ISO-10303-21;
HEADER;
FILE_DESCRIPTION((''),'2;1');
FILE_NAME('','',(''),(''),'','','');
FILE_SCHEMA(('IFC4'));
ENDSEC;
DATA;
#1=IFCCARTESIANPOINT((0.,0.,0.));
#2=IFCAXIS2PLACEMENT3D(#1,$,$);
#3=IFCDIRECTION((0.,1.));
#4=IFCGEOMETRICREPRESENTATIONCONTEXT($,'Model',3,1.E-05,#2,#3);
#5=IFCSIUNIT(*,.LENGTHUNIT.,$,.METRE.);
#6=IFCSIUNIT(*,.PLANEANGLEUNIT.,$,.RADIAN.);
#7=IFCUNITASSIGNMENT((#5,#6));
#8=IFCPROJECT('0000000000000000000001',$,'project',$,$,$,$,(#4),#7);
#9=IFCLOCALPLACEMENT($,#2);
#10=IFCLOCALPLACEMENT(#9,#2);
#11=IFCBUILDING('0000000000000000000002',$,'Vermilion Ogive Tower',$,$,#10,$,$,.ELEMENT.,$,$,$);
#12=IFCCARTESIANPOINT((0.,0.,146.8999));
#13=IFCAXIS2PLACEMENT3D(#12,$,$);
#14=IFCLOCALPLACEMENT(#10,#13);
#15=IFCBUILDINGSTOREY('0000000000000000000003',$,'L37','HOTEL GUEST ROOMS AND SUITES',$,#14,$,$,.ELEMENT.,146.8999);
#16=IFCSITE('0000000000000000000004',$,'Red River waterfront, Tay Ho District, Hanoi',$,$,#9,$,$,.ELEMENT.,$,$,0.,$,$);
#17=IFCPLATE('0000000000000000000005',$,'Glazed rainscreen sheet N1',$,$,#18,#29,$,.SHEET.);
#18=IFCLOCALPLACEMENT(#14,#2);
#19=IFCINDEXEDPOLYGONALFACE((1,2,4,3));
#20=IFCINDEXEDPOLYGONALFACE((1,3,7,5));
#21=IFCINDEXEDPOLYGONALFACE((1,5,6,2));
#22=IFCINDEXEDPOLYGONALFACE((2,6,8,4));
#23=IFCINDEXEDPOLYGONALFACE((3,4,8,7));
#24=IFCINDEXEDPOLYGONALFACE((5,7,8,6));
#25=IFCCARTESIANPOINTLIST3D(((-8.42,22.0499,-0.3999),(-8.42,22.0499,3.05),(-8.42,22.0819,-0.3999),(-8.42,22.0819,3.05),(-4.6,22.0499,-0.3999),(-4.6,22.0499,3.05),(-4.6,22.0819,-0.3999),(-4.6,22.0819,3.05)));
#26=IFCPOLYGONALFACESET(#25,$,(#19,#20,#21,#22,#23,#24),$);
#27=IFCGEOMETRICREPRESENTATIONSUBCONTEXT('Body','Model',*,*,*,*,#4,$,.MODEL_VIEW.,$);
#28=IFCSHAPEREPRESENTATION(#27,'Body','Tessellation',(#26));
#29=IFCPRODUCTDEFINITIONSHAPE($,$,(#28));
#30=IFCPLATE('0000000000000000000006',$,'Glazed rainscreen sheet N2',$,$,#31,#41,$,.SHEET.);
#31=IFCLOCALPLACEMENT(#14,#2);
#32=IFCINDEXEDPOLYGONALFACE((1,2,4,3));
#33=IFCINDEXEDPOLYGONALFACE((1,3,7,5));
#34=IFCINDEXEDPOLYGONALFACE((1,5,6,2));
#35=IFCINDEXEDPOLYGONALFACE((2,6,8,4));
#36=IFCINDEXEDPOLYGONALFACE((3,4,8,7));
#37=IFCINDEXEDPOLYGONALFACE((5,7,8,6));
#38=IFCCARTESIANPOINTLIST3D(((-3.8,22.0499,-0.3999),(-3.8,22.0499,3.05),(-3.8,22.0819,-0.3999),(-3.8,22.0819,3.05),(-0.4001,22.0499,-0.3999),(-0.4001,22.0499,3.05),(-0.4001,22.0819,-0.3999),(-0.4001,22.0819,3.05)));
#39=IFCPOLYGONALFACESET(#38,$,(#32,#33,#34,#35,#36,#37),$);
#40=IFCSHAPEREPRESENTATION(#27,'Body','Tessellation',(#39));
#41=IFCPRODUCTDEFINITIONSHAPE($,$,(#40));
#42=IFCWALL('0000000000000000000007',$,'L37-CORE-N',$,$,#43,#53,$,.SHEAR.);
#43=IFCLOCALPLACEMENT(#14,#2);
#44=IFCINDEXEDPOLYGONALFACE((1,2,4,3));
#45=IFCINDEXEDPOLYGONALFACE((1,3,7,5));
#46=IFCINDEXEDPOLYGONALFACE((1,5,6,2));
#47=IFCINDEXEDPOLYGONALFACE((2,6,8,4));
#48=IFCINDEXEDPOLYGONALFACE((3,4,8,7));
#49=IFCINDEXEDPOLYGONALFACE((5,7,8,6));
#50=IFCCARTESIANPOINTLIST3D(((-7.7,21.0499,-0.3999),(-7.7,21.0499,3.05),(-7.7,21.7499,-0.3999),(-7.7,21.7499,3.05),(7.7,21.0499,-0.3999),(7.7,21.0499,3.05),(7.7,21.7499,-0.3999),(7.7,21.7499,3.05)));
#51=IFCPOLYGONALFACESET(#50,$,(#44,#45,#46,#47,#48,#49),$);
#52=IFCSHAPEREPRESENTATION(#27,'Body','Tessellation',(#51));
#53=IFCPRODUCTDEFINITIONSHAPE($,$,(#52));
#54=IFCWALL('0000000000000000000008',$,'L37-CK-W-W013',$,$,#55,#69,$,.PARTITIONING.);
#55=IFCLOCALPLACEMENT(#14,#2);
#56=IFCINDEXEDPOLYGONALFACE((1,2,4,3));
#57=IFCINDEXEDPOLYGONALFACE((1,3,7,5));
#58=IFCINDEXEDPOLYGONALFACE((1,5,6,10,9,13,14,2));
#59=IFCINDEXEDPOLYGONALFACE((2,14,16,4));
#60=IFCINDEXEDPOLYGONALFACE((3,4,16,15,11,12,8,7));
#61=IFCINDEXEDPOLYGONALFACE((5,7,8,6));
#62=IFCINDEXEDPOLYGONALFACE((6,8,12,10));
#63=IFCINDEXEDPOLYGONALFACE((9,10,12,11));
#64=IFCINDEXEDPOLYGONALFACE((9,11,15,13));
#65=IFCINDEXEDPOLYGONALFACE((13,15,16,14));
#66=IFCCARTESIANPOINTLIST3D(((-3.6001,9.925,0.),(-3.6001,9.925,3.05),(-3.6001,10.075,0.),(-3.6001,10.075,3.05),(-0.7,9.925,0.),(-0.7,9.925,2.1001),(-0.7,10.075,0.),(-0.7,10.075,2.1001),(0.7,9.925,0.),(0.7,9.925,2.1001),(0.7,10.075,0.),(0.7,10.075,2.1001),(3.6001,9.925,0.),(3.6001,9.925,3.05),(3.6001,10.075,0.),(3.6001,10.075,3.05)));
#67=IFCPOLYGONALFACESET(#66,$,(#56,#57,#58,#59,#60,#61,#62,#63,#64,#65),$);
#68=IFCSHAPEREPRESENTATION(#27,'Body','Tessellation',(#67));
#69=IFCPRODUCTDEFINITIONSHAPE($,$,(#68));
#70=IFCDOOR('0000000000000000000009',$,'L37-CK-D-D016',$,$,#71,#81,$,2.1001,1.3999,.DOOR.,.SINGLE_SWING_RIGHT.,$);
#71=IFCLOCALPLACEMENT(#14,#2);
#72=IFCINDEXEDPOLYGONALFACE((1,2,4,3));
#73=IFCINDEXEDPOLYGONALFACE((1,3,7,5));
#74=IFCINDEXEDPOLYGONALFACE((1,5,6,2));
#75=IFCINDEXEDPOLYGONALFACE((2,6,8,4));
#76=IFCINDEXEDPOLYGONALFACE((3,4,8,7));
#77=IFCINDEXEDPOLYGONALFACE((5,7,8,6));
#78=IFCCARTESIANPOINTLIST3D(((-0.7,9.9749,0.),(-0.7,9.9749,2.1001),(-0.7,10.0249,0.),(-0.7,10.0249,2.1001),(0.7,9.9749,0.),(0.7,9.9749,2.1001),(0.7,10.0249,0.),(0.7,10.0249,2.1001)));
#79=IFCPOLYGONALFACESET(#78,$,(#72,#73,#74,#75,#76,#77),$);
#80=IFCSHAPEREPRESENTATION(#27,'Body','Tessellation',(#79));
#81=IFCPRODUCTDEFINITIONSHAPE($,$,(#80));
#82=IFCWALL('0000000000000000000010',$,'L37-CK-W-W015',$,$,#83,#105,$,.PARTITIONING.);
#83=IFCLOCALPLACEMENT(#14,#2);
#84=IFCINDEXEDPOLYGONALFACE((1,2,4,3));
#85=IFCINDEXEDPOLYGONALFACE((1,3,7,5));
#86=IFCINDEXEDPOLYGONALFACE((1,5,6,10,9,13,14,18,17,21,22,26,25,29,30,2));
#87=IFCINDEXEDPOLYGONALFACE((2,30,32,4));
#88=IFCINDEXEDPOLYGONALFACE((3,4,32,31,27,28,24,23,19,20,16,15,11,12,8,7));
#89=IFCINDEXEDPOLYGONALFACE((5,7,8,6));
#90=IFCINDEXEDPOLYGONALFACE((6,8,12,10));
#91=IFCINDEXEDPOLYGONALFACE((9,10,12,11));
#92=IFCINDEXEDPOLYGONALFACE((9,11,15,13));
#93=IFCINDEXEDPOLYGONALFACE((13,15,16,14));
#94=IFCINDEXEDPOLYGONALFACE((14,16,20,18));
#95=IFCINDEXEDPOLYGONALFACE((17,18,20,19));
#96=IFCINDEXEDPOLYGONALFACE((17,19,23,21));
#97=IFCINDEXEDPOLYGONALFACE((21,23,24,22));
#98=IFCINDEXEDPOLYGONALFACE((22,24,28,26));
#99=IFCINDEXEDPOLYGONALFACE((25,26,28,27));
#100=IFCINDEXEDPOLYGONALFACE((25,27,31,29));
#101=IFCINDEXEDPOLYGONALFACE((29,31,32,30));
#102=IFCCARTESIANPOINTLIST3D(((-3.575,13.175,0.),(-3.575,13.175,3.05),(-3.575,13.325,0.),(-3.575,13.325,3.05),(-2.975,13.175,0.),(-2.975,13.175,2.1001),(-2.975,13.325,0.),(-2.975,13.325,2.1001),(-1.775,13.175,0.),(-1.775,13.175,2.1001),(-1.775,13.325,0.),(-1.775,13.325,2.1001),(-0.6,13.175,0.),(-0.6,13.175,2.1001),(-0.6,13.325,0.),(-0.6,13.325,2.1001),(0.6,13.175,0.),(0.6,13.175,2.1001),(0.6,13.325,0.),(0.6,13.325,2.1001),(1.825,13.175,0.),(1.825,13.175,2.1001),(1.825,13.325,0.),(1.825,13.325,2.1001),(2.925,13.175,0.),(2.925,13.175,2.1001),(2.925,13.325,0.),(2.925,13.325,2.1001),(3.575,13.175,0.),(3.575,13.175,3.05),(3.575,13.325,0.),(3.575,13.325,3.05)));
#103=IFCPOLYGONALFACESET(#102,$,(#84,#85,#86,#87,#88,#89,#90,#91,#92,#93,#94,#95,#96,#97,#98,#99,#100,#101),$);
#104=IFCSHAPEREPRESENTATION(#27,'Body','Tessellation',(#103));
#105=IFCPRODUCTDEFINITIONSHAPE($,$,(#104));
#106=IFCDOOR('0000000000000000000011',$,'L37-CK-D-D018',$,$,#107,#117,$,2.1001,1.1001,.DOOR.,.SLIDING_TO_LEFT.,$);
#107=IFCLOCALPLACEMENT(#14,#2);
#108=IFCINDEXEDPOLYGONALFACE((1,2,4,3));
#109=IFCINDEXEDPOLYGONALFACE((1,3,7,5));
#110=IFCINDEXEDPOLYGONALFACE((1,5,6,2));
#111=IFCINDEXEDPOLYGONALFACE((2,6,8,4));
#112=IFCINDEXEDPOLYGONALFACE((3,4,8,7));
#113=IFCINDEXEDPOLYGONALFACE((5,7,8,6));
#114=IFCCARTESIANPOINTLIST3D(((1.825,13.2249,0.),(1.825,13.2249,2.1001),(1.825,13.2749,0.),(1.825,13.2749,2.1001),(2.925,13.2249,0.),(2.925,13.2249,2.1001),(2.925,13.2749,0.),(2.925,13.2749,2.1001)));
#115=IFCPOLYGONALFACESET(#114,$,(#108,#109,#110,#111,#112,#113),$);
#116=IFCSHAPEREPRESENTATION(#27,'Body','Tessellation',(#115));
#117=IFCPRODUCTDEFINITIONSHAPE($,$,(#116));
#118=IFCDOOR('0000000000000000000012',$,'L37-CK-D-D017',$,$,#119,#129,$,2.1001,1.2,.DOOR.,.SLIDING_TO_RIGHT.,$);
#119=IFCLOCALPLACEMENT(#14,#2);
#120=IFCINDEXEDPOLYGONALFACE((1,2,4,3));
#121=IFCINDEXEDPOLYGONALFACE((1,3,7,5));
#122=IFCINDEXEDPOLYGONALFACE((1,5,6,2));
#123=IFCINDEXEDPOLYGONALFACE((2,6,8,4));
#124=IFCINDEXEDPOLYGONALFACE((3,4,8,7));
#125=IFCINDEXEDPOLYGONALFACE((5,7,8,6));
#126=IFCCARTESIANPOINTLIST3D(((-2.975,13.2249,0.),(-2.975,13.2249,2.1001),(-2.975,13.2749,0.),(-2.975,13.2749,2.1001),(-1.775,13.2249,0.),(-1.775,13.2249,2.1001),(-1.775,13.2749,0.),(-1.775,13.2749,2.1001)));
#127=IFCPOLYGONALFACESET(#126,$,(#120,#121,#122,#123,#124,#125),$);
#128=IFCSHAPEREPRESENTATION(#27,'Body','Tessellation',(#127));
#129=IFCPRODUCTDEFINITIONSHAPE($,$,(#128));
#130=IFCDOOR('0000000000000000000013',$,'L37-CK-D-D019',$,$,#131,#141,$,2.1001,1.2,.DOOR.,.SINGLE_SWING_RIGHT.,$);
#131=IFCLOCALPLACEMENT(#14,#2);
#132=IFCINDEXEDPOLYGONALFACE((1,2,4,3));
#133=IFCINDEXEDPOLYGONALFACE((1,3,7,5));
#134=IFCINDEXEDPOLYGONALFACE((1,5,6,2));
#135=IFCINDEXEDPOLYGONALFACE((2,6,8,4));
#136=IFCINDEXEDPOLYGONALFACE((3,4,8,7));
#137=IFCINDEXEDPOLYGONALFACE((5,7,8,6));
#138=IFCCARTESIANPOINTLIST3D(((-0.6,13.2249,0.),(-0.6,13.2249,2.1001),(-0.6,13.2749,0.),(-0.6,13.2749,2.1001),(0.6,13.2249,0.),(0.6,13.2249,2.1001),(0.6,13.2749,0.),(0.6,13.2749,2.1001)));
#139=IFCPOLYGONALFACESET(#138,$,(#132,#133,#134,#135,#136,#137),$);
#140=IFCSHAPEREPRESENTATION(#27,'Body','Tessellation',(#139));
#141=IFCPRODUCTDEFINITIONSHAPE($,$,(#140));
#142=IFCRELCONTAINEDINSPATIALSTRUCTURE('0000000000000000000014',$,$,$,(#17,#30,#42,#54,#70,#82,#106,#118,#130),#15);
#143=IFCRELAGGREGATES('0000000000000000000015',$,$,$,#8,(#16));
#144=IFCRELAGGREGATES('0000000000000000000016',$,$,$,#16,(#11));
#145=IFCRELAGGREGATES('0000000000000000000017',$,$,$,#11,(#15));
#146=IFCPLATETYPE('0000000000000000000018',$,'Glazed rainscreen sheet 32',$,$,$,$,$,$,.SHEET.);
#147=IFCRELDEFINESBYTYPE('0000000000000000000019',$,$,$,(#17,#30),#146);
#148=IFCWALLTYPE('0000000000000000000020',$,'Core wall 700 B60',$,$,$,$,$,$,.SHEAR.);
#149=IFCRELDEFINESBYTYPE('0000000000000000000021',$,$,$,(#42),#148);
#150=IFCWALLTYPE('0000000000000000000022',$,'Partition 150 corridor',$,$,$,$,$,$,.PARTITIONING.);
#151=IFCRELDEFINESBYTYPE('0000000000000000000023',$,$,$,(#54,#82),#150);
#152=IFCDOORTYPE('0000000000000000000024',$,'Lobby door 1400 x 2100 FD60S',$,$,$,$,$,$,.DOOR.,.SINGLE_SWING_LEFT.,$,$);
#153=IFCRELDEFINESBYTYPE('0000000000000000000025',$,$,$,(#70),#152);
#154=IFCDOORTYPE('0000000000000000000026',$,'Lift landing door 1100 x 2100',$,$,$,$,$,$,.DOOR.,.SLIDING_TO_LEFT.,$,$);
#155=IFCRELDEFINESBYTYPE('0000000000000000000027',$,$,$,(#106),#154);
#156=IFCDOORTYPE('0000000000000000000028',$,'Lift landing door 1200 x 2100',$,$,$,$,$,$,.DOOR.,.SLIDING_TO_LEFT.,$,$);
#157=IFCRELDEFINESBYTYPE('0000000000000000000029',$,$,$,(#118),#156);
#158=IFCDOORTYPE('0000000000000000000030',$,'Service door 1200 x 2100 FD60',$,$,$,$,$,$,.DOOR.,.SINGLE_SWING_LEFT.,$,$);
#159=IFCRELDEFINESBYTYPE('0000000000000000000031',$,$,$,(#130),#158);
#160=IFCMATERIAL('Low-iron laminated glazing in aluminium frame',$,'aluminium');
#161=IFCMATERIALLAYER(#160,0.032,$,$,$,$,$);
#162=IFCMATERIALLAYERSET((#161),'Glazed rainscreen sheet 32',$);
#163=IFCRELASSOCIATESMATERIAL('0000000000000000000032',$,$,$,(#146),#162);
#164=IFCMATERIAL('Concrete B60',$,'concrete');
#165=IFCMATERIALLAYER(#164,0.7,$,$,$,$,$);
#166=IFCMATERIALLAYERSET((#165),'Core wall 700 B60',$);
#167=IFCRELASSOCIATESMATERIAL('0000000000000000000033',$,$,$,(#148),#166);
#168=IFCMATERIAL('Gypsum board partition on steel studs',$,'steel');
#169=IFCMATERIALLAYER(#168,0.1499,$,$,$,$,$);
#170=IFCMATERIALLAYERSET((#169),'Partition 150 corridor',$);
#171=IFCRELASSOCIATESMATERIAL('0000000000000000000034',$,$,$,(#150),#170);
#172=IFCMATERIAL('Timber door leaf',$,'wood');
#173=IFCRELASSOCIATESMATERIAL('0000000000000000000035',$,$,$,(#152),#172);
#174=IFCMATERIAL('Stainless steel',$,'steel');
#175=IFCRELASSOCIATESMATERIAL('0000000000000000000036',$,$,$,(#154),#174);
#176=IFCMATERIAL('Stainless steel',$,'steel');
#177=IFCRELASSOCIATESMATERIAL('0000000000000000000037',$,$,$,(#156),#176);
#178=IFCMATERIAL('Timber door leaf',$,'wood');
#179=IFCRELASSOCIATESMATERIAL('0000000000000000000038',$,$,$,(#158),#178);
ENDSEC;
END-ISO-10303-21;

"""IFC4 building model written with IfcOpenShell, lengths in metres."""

from ifc_helpers import new_model, si_unit, direction, frame, frame_2d, origin, origin_2d, place, context, subcontext, project, spatial, rectangle, extrude, material, layer, layer_set, type_object, element, fill, save


model = new_model("IFC4")

# Units and contexts
model_context = context("Model", 3, precision=1e-05, world=origin(), true_north=direction((0.0, 1.0)))
body_context = subcontext(model_context, "Body", "Model", "MODEL_VIEW")
ifc_project = project(units=[si_unit("LENGTHUNIT", "METRE"), si_unit("PLANEANGLEUNIT", "RADIAN")], contexts=[model_context])

# Site, building, storey
site_placement = place(None, origin())
site = spatial("IfcSite", under=ifc_project, at=site_placement, Name="Red River waterfront, Tay Ho District, Hanoi", CompositionType="ELEMENT", RefElevation=0.0)
building_placement = place(site_placement, origin())
building = spatial("IfcBuilding", under=site, at=building_placement, Name="Vermilion Ogive Tower", CompositionType="ELEMENT")
storey_placement = place(building_placement, frame((0.0, 0.0, 146.8999)))
storey = spatial("IfcBuildingStorey", under=building, at=storey_placement, Name="L37", Description="HOTEL GUEST ROOMS AND SUITES", CompositionType="ELEMENT", Elevation=146.8999)

# Plates
ifc_material_1 = material(Name="Low-iron laminated glazing in aluminium frame", Category="aluminium")
ifc_layer_1 = layer(ifc_material_1, 0.032)
ifc_layer_set_1 = layer_set([ifc_layer_1], Name="Glazed rainscreen sheet 32")
plate_type = type_object("IfcPlateType", Name="Glazed rainscreen sheet 32", PredefinedType="SHEET", material=ifc_layer_set_1)
plate_1_placement = place(storey_placement, frame((-6.51, 22.0659, -0.3999), z_axis=(0.0, 0.0, 1.0), x_axis=(1.0, 0.0, 0.0)))
element("IfcPlate", 1, at=plate_1_placement, inside=storey, type_object=plate_type, Name="Glazed rainscreen sheet N1", PredefinedType="SHEET", context=body_context, shape_type="SweptSolid", body=[
    extrude(rectangle(XDim=3.8201, YDim=0.032, at=origin_2d()), origin(), (0.0, 0.0, 1.0), 3.45),
])
plate_2_placement = place(storey_placement, frame((-2.1001, 22.0659, -0.3999), z_axis=(0.0, 0.0, 1.0), x_axis=(1.0, 0.0, 0.0)))
element("IfcPlate", 2, at=plate_2_placement, inside=storey, type_object=plate_type, Name="Glazed rainscreen sheet N2", PredefinedType="SHEET", context=body_context, shape_type="SweptSolid", body=[
    extrude(rectangle(XDim=3.3999, YDim=0.032, at=origin_2d()), origin(), (0.0, 0.0, 1.0), 3.45),
])

# Wall
ifc_material_2 = material(Name="Concrete B60", Category="concrete")
ifc_layer_2 = layer(ifc_material_2, 0.7)
ifc_layer_set_2 = layer_set([ifc_layer_2], Name="Core wall 700 B60")
wall_type_1 = type_object("IfcWallType", Name="Core wall 700 B60", PredefinedType="SHEAR", material=ifc_layer_set_2)
wall_1_placement = place(storey_placement, frame((-7.7, 21.3999, -0.3999), z_axis=(0.0, 0.0, 1.0), x_axis=(1.0, 0.0, 0.0)))
element("IfcWall", 3, at=wall_1_placement, inside=storey, type_object=wall_type_1, Name="L37-CORE-N", PredefinedType="SHEAR", context=body_context, shape_type="SweptSolid", body=[
    extrude(rectangle(XDim=15.3999, YDim=0.7, at=frame_2d((7.7, 0.0))), origin(), (0.0, 0.0, 1.0), 3.45),
])

# Wall, opening, door
ifc_material_3 = material(Name="Gypsum board partition on steel studs", Category="steel")
ifc_layer_3 = layer(ifc_material_3, 0.1499)
ifc_layer_set_3 = layer_set([ifc_layer_3], Name="Partition 150 corridor")
wall_type_2 = type_object("IfcWallType", Name="Partition 150 corridor", PredefinedType="PARTITIONING", material=ifc_layer_set_3)
wall_2_placement = place(storey_placement, frame((-3.6001, 10.0, 0.0), z_axis=(0.0, 0.0, 1.0), x_axis=(1.0, 0.0, 0.0)))
wall_2 = element("IfcWall", 4, at=wall_2_placement, inside=storey, type_object=wall_type_2, Name="L37-CK-W-W013", PredefinedType="PARTITIONING", context=body_context, shape_type="SweptSolid", body=[
    extrude(rectangle(XDim=7.2002, YDim=0.1499, at=frame_2d((3.6001, 0.0))), origin(), (0.0, 0.0, 1.0), 3.05),
])
opening_1_placement = place(wall_2_placement, frame((2.9001, 0.0, 0.0)))
opening_1 = element("IfcOpeningElement", 5, at=opening_1_placement, cuts=wall_2, PredefinedType="OPENING", context=body_context, shape_type="SweptSolid", body=[
    extrude(rectangle(XDim=1.3999, YDim=2.1001, at=frame_2d((0.7, 1.05))), frame((0.0, 0.085, 0.0), z_axis=(0.0, -1.0, 0.0), x_axis=(1.0, 0.0, 0.0)), (0.0, 0.0, 1.0), 0.1699),
])
ifc_material_4 = material(Name="Timber door leaf", Category="wood")
door_type_1 = type_object("IfcDoorType", Name="Lobby door 1400 x 2100 FD60S", OperationType="SINGLE_SWING_LEFT", PredefinedType="DOOR", material=ifc_material_4)
door_1_placement = place(opening_1_placement, origin())
door_1 = element("IfcDoor", 6, at=door_1_placement, inside=storey, type_object=door_type_1, Name="L37-CK-D-D016", OperationType="SINGLE_SWING_RIGHT", OverallHeight=2.1001, OverallWidth=1.3999, PredefinedType="DOOR", context=body_context, shape_type="SweptSolid", body=[
    extrude(rectangle(XDim=1.3999, YDim=2.1001, at=frame_2d((0.7, 1.05))), frame((0.0, 0.0249, 0.0), z_axis=(0.0, -1.0, 0.0), x_axis=(1.0, 0.0, 0.0)), (0.0, 0.0, 1.0), 0.05),
])
fill(opening_1, door_1)

# Wall, openings, doors
wall_3_placement = place(storey_placement, frame((-3.575, 13.25, 0.0), z_axis=(0.0, 0.0, 1.0), x_axis=(1.0, 0.0, 0.0)))
wall_3 = element("IfcWall", 7, at=wall_3_placement, inside=storey, type_object=wall_type_2, Name="L37-CK-W-W015", PredefinedType="PARTITIONING", context=body_context, shape_type="SweptSolid", body=[
    extrude(rectangle(XDim=7.1499, YDim=0.1499, at=frame_2d((3.575, 0.0))), origin(), (0.0, 0.0, 1.0), 3.05),
])
opening_2_placement = place(wall_3_placement, frame((0.5999, 0.0, 0.0)))
opening_2 = element("IfcOpeningElement", 8, at=opening_2_placement, cuts=wall_3, PredefinedType="OPENING", context=body_context, shape_type="SweptSolid", body=[
    extrude(rectangle(XDim=1.2, YDim=2.1001, at=frame_2d((0.6001, 1.05))), frame((0.0, 0.085, 0.0), z_axis=(0.0, -1.0, 0.0), x_axis=(1.0, 0.0, 0.0)), (0.0, 0.0, 1.0), 0.1699),
])
opening_3_placement = place(wall_3_placement, frame((5.3999, 0.0, 0.0)))
opening_3 = element("IfcOpeningElement", 9, at=opening_3_placement, cuts=wall_3, PredefinedType="OPENING", context=body_context, shape_type="SweptSolid", body=[
    extrude(rectangle(XDim=1.1001, YDim=2.1001, at=frame_2d((0.55, 1.05))), frame((0.0, 0.085, 0.0), z_axis=(0.0, -1.0, 0.0), x_axis=(1.0, 0.0, 0.0)), (0.0, 0.0, 1.0), 0.1699),
])
opening_4_placement = place(wall_3_placement, frame((2.9749, 0.0, 0.0)))
opening_4 = element("IfcOpeningElement", 10, at=opening_4_placement, cuts=wall_3, PredefinedType="OPENING", context=body_context, shape_type="SweptSolid", body=[
    extrude(rectangle(XDim=1.2, YDim=2.1001, at=frame_2d((0.6001, 1.05))), frame((0.0, 0.085, 0.0), z_axis=(0.0, -1.0, 0.0), x_axis=(1.0, 0.0, 0.0)), (0.0, 0.0, 1.0), 0.1699),
])
ifc_material_5 = material(Name="Stainless steel", Category="steel")
door_type_2 = type_object("IfcDoorType", Name="Lift landing door 1100 x 2100", OperationType="SLIDING_TO_LEFT", PredefinedType="DOOR", material=ifc_material_5)
door_2_placement = place(opening_3_placement, origin())
door_2 = element("IfcDoor", 11, at=door_2_placement, inside=storey, type_object=door_type_2, Name="L37-CK-D-D018", OperationType="SLIDING_TO_LEFT", OverallHeight=2.1001, OverallWidth=1.1001, PredefinedType="DOOR", context=body_context, shape_type="SweptSolid", body=[
    extrude(rectangle(XDim=1.1001, YDim=2.1001, at=frame_2d((0.55, 1.05))), frame((0.0, 0.0249, 0.0), z_axis=(0.0, -1.0, 0.0), x_axis=(1.0, 0.0, 0.0)), (0.0, 0.0, 1.0), 0.05),
])
fill(opening_3, door_2)
ifc_material_6 = material(Name="Stainless steel", Category="steel")
door_type_3 = type_object("IfcDoorType", Name="Lift landing door 1200 x 2100", OperationType="SLIDING_TO_LEFT", PredefinedType="DOOR", material=ifc_material_6)
door_3_placement = place(opening_2_placement, origin())
door_3 = element("IfcDoor", 12, at=door_3_placement, inside=storey, type_object=door_type_3, Name="L37-CK-D-D017", OperationType="SLIDING_TO_RIGHT", OverallHeight=2.1001, OverallWidth=1.2, PredefinedType="DOOR", context=body_context, shape_type="SweptSolid", body=[
    extrude(rectangle(XDim=1.2, YDim=2.1001, at=frame_2d((0.6001, 1.05))), frame((0.0, 0.0249, 0.0), z_axis=(0.0, -1.0, 0.0), x_axis=(1.0, 0.0, 0.0)), (0.0, 0.0, 1.0), 0.05),
])
fill(opening_2, door_3)
ifc_material_7 = material(Name="Timber door leaf", Category="wood")
door_type_4 = type_object("IfcDoorType", Name="Service door 1200 x 2100 FD60", OperationType="SINGLE_SWING_LEFT", PredefinedType="DOOR", material=ifc_material_7)
door_4_placement = place(opening_4_placement, origin())
door_4 = element("IfcDoor", 13, at=door_4_placement, inside=storey, type_object=door_type_4, Name="L37-CK-D-D019", OperationType="SINGLE_SWING_RIGHT", OverallHeight=2.1001, OverallWidth=1.2, PredefinedType="DOOR", context=body_context, shape_type="SweptSolid", body=[
    extrude(rectangle(XDim=1.2, YDim=2.1001, at=frame_2d((0.6001, 1.05))), frame((0.0, 0.0249, 0.0), z_axis=(0.0, -1.0, 0.0), x_axis=(1.0, 0.0, 0.0)), (0.0, 0.0, 1.0), 0.05),
])
fill(opening_4, door_4)

save(model, "model.ifc")
